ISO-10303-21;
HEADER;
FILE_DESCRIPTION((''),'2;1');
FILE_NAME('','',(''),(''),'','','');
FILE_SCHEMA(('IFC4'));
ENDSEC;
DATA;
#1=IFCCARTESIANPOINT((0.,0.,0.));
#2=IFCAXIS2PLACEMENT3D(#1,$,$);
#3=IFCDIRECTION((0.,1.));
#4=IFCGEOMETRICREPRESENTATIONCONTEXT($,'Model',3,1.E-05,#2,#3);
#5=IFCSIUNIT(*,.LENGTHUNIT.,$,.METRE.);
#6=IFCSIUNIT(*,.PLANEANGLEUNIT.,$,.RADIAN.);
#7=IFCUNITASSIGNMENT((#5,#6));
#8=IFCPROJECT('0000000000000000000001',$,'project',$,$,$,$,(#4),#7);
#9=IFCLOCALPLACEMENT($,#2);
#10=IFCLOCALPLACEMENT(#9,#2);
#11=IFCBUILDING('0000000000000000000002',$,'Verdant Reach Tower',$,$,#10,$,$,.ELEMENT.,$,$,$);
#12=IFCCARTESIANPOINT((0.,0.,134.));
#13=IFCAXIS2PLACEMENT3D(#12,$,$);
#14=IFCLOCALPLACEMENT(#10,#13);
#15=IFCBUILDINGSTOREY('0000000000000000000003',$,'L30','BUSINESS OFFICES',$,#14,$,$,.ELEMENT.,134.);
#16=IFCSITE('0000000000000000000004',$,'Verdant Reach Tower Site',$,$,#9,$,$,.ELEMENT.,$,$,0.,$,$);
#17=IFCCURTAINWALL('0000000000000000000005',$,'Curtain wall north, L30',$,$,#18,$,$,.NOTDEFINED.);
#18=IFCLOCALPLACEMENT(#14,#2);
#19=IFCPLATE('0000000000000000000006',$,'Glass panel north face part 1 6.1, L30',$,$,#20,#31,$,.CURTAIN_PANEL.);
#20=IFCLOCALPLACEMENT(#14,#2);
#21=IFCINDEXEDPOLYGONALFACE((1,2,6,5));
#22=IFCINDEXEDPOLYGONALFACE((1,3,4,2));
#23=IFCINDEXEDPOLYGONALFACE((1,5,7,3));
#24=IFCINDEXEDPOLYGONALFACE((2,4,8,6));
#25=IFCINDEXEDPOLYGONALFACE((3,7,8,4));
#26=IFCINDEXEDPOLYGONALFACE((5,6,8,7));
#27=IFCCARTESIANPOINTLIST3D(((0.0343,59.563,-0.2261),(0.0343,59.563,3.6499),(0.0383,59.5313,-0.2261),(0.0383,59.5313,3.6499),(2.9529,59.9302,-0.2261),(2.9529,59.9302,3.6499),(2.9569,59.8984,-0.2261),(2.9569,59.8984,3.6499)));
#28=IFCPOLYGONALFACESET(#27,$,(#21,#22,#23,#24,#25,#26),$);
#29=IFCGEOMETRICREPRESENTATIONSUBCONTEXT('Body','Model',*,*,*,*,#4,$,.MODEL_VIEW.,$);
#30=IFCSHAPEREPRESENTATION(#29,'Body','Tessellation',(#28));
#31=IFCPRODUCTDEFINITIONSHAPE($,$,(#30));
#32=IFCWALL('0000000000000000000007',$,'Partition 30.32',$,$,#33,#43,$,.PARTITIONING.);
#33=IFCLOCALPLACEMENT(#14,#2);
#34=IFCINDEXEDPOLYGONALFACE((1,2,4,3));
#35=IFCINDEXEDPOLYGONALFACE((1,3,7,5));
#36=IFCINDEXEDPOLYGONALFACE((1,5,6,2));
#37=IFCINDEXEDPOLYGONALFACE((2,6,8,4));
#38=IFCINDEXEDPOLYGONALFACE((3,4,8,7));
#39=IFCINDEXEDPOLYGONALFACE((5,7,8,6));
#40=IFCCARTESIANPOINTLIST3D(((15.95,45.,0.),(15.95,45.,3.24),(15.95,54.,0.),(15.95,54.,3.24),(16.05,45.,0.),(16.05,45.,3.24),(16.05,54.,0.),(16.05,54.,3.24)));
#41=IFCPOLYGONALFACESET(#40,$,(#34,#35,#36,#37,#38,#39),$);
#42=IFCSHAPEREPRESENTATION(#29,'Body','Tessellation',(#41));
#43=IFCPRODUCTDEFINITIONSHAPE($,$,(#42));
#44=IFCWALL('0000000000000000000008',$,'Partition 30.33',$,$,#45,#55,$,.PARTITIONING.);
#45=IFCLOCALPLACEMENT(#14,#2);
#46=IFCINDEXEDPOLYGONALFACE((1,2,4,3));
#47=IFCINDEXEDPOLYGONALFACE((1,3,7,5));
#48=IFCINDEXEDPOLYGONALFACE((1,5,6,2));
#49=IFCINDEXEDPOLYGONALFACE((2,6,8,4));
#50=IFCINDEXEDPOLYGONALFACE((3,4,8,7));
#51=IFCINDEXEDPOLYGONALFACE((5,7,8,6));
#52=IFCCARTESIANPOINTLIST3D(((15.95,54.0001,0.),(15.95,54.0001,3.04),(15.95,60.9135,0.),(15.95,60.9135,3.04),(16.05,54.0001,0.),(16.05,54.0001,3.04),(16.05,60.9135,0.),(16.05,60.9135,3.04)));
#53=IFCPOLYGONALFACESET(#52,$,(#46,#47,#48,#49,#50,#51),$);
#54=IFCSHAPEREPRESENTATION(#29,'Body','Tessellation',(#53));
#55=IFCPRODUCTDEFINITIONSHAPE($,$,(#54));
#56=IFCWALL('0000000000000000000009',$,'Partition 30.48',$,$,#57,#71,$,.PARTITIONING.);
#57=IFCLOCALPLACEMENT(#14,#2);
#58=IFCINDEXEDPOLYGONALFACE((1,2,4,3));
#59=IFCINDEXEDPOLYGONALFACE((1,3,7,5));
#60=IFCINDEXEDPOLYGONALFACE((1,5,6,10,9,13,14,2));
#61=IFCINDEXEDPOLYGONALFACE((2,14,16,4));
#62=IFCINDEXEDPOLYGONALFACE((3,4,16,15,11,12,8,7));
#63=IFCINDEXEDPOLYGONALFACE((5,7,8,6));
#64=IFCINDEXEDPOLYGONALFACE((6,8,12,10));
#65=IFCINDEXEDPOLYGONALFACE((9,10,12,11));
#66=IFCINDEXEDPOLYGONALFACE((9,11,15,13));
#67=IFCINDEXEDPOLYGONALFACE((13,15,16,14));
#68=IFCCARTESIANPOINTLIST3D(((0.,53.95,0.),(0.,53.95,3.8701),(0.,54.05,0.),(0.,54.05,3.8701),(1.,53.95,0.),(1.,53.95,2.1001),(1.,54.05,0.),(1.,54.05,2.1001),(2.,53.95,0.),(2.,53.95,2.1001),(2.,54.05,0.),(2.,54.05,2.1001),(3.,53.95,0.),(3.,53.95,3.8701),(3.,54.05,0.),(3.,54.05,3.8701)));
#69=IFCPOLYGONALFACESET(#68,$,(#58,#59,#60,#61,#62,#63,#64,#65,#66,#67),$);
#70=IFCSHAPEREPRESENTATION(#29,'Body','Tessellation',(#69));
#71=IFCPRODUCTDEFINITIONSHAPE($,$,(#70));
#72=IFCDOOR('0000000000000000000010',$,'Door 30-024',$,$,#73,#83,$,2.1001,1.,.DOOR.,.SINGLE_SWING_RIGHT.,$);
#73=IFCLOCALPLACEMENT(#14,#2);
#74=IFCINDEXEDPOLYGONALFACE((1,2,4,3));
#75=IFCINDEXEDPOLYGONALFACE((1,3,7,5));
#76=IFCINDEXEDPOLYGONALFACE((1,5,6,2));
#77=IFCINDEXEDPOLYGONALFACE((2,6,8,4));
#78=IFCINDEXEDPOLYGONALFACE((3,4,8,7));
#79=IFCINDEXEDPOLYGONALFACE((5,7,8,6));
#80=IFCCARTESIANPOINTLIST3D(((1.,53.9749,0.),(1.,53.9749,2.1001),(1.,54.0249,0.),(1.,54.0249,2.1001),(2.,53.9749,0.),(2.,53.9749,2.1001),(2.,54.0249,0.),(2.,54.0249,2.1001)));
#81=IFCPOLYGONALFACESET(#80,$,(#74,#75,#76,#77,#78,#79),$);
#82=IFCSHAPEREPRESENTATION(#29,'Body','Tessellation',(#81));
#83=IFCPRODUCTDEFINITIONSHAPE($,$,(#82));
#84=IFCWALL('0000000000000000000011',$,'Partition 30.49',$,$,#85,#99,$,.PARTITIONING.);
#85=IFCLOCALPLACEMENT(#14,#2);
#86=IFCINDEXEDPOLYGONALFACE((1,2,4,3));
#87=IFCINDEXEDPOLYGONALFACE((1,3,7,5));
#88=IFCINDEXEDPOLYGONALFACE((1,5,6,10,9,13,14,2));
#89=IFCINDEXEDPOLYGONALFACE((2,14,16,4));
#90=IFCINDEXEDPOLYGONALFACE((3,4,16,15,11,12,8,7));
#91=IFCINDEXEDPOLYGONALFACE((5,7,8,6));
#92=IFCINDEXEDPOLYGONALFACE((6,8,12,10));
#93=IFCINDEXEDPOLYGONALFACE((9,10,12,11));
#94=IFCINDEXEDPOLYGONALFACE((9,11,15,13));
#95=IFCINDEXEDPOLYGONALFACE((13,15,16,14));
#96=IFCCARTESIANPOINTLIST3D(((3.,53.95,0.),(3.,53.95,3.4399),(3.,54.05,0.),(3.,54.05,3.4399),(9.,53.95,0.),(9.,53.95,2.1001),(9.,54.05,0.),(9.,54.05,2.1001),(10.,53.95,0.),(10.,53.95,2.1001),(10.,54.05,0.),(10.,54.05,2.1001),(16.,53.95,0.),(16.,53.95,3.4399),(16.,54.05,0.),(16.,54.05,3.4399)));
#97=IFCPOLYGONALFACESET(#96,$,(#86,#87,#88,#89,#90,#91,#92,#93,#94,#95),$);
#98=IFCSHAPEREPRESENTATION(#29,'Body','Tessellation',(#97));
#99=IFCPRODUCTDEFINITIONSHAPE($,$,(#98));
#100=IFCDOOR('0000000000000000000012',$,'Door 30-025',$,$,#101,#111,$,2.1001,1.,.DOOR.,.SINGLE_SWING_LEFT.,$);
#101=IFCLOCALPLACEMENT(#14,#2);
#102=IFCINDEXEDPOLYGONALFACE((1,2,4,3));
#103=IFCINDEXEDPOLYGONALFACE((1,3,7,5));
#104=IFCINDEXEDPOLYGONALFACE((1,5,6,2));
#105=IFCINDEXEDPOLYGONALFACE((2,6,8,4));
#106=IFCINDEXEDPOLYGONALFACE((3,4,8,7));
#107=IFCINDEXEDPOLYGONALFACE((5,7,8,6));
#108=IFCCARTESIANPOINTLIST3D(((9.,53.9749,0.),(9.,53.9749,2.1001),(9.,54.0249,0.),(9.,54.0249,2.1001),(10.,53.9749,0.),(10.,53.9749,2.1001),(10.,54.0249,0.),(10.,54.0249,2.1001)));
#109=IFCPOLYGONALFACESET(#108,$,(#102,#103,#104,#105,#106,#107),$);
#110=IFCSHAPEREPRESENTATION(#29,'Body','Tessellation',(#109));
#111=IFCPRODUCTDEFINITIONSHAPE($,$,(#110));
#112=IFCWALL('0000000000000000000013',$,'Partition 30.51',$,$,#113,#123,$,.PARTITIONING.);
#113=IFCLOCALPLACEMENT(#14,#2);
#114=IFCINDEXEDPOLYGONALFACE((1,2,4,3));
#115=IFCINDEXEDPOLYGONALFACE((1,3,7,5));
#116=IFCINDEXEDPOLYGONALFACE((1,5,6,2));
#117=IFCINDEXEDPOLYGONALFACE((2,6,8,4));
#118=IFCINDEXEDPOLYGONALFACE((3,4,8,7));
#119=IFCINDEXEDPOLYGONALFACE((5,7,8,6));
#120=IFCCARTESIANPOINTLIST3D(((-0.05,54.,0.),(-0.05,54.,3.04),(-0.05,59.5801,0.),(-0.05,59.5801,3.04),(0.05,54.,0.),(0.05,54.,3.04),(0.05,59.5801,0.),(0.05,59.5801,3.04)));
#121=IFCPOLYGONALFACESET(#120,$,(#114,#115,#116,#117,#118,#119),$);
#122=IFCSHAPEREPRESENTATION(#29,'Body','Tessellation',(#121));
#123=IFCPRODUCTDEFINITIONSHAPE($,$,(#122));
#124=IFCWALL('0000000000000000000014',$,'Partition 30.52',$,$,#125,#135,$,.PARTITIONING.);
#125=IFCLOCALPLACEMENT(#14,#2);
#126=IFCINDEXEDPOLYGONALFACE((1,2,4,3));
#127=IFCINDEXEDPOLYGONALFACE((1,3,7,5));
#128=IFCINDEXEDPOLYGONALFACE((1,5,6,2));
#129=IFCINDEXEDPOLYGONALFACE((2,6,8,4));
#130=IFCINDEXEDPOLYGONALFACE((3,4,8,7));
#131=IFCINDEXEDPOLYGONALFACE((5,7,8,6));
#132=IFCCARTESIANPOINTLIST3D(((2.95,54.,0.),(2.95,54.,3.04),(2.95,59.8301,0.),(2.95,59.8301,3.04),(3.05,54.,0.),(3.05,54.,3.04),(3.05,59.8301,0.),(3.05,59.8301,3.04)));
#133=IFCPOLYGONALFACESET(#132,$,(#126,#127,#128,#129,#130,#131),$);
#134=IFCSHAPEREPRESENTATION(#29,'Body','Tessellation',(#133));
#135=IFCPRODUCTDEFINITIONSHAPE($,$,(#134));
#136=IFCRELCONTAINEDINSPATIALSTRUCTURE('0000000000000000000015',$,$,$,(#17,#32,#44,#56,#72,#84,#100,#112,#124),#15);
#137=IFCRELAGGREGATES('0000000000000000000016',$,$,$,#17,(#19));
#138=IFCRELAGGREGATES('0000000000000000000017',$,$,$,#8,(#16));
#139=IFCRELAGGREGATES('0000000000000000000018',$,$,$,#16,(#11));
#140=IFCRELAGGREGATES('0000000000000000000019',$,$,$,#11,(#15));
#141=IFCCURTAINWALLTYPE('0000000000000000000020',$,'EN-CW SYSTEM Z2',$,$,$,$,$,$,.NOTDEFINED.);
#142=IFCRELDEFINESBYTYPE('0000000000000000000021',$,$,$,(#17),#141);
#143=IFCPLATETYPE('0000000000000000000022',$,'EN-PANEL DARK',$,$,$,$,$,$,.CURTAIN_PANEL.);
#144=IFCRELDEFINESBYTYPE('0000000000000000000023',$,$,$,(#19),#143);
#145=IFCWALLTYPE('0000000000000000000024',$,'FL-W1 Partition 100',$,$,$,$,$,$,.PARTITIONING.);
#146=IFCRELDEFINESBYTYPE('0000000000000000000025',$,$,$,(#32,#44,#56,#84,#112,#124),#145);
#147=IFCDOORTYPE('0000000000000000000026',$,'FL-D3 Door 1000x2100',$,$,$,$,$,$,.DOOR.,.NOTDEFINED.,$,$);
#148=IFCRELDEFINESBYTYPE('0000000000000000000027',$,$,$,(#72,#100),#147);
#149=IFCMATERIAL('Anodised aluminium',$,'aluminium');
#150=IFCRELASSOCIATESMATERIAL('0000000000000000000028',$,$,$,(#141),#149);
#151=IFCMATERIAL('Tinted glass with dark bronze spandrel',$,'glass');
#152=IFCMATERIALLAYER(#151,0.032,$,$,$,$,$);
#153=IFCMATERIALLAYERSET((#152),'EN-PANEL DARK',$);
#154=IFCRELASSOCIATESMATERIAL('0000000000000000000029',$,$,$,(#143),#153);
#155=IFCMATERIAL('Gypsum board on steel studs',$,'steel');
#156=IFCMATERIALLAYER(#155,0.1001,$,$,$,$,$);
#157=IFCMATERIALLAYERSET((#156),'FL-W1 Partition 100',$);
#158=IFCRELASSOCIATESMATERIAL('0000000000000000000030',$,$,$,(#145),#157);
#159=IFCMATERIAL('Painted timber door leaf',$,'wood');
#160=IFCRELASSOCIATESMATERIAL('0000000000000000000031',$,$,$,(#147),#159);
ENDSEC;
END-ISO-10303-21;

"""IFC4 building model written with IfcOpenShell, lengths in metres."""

from ifc_helpers import new_model, si_unit, direction, frame, frame_2d, origin, origin_2d, place, context, subcontext, project, spatial, rectangle, extrude, material, layer, layer_set, type_object, element, fill, aggregate, save


model = new_model("IFC4")

# Units and contexts
model_context = context("Model", 3, precision=1e-05, world=origin(), true_north=direction((0.0, 1.0)))
body_context = subcontext(model_context, "Body", "Model", "MODEL_VIEW")
ifc_project = project(units=[si_unit("LENGTHUNIT", "METRE"), si_unit("PLANEANGLEUNIT", "RADIAN")], contexts=[model_context])

# Site, building, storey
site_placement = place(None, origin())
site = spatial("IfcSite", under=ifc_project, at=site_placement, Name="Verdant Reach Tower Site", CompositionType="ELEMENT", RefElevation=0.0)
building_placement = place(site_placement, origin())
building = spatial("IfcBuilding", under=site, at=building_placement, Name="Verdant Reach Tower", CompositionType="ELEMENT")
storey_placement = place(building_placement, frame((0.0, 0.0, 134.0)))
storey = spatial("IfcBuildingStorey", under=building, at=storey_placement, Name="L30", Description="BUSINESS OFFICES", CompositionType="ELEMENT", Elevation=134.0)

# Curtain wall
ifc_material_1 = material(Name="Anodised aluminium", Category="aluminium")
curtain_wall_type = type_object("IfcCurtainWallType", Name="EN-CW SYSTEM Z2", PredefinedType="NOTDEFINED", material=ifc_material_1)
curtain_wall_1_placement = place(storey_placement, origin())
curtain_wall_1 = element("IfcCurtainWall", 1, at=curtain_wall_1_placement, inside=storey, type_object=curtain_wall_type, Name="Curtain wall north, L30", PredefinedType="NOTDEFINED")

# Plate
ifc_material_2 = material(Name="Tinted glass with dark bronze spandrel", Category="glass")
ifc_layer_1 = layer(ifc_material_2, 0.032)
ifc_layer_set_1 = layer_set([ifc_layer_1], Name="EN-PANEL DARK")
plate_type_1 = type_object("IfcPlateType", Name="EN-PANEL DARK", PredefinedType="CURTAIN_PANEL", material=ifc_layer_set_1)
plate_1_placement = place(storey_placement, frame((1.4956, 59.7307, -0.2261), z_axis=(0.0, 0.0, 1.0), x_axis=(-0.992179, -0.124825, 0.0)))
plate_1 = element("IfcPlate", 2, at=plate_1_placement, type_object=plate_type_1, Name="Glass panel north face part 1 6.1, L30", PredefinedType="CURTAIN_PANEL", context=body_context, shape_type="SweptSolid", body=[
    extrude(rectangle(XDim=2.9417, YDim=0.032, at=origin_2d()), origin(), (0.0, 0.0, 1.0), 3.876),
])
aggregate(curtain_wall_1, [plate_1])

# Walls
ifc_material_3 = material(Name="Gypsum board on steel studs", Category="steel")
ifc_layer_2 = layer(ifc_material_3, 0.1001)
ifc_layer_set_2 = layer_set([ifc_layer_2], Name="FL-W1 Partition 100")
wall_type = type_object("IfcWallType", Name="FL-W1 Partition 100", PredefinedType="PARTITIONING", material=ifc_layer_set_2)
wall_1_placement = place(storey_placement, frame((16.0, 54.0, 0.0), z_axis=(0.0, 0.0, 1.0), x_axis=(0.0, -1.0, 0.0)))
element("IfcWall", 3, at=wall_1_placement, inside=storey, type_object=wall_type, Name="Partition 30.32", PredefinedType="PARTITIONING", context=body_context, shape_type="SweptSolid", body=[
    extrude(rectangle(XDim=9.0, YDim=0.1001, at=frame_2d((4.5, 0.0))), origin(), (0.0, 0.0, 1.0), 3.24),
])
wall_2_placement = place(storey_placement, frame((16.0, 60.9133, 0.0), z_axis=(0.0, 0.0, 1.0), x_axis=(0.0, -1.0, 0.0)))
element("IfcWall", 4, at=wall_2_placement, inside=storey, type_object=wall_type, Name="Partition 30.33", PredefinedType="PARTITIONING", context=body_context, shape_type="SweptSolid", body=[
    extrude(rectangle(XDim=6.9133, YDim=0.1001, at=frame_2d((3.4565, 0.0))), origin(), (0.0, 0.0, 1.0), 3.04),
])

# Walls, openings, doors
wall_3_placement = place(storey_placement, frame((0.0, 54.0, 0.0), z_axis=(0.0, 0.0, 1.0), x_axis=(1.0, 0.0, 0.0)))
wall_3 = element("IfcWall", 5, at=wall_3_placement, inside=storey, type_object=wall_type, Name="Partition 30.48", PredefinedType="PARTITIONING", context=body_context, shape_type="SweptSolid", body=[
    extrude(rectangle(XDim=3.0, YDim=0.1001, at=frame_2d((1.5, 0.0))), origin(), (0.0, 0.0, 1.0), 3.8701),
])
opening_1_placement = place(wall_3_placement, frame((1.0, 0.0, 0.0)))
opening_1 = element("IfcOpeningElement", 6, at=opening_1_placement, cuts=wall_3, PredefinedType="OPENING", context=body_context, shape_type="SweptSolid", body=[
    extrude(rectangle(XDim=1.0, YDim=2.1001, at=frame_2d((0.5, 1.05))), frame((0.0, 0.0601, 0.0), z_axis=(0.0, -1.0, 0.0), x_axis=(1.0, 0.0, 0.0)), (0.0, 0.0, 1.0), 0.1201),
])
ifc_material_4 = material(Name="Painted timber door leaf", Category="wood")
door_type = type_object("IfcDoorType", Name="FL-D3 Door 1000x2100", OperationType="NOTDEFINED", PredefinedType="DOOR", material=ifc_material_4)
door_1_placement = place(opening_1_placement, origin())
door_1 = element("IfcDoor", 7, at=door_1_placement, inside=storey, type_object=door_type, Name="Door 30-024", OperationType="SINGLE_SWING_RIGHT", OverallHeight=2.1001, OverallWidth=1.0, PredefinedType="DOOR", context=body_context, shape_type="SweptSolid", body=[
    extrude(rectangle(XDim=1.0, YDim=2.1001, at=frame_2d((0.5, 1.05))), frame((0.0, 0.0249, 0.0), z_axis=(0.0, -1.0, 0.0), x_axis=(1.0, 0.0, 0.0)), (0.0, 0.0, 1.0), 0.05),
])
fill(opening_1, door_1)
wall_4_placement = place(storey_placement, frame((3.0, 54.0, 0.0), z_axis=(0.0, 0.0, 1.0), x_axis=(1.0, 0.0, 0.0)))
wall_4 = element("IfcWall", 8, at=wall_4_placement, inside=storey, type_object=wall_type, Name="Partition 30.49", PredefinedType="PARTITIONING", context=body_context, shape_type="SweptSolid", body=[
    extrude(rectangle(XDim=13.0, YDim=0.1001, at=frame_2d((6.5, 0.0))), origin(), (0.0, 0.0, 1.0), 3.4399),
])
opening_2_placement = place(wall_4_placement, frame((6.0, 0.0, 0.0)))
opening_2 = element("IfcOpeningElement", 9, at=opening_2_placement, cuts=wall_4, PredefinedType="OPENING", context=body_context, shape_type="SweptSolid", body=[
    extrude(rectangle(XDim=1.0, YDim=2.1001, at=frame_2d((0.5, 1.05))), frame((0.0, 0.0601, 0.0), z_axis=(0.0, -1.0, 0.0), x_axis=(1.0, 0.0, 0.0)), (0.0, 0.0, 1.0), 0.1201),
])
door_2_placement = place(opening_2_placement, origin())
door_2 = element("IfcDoor", 10, at=door_2_placement, inside=storey, type_object=door_type, Name="Door 30-025", OperationType="SINGLE_SWING_LEFT", OverallHeight=2.1001, OverallWidth=1.0, PredefinedType="DOOR", context=body_context, shape_type="SweptSolid", body=[
    extrude(rectangle(XDim=1.0, YDim=2.1001, at=frame_2d((0.5, 1.05))), frame((0.0, 0.0249, 0.0), z_axis=(0.0, -1.0, 0.0), x_axis=(1.0, 0.0, 0.0)), (0.0, 0.0, 1.0), 0.05),
])
fill(opening_2, door_2)

# Walls
wall_5_placement = place(storey_placement, frame((0.0, 54.0, 0.0), z_axis=(0.0, 0.0, 1.0), x_axis=(0.0, 1.0, 0.0)))
element("IfcWall", 11, at=wall_5_placement, inside=storey, type_object=wall_type, Name="Partition 30.51", PredefinedType="PARTITIONING", context=body_context, shape_type="SweptSolid", body=[
    extrude(rectangle(XDim=5.5801, YDim=0.1001, at=frame_2d((2.79, 0.0))), origin(), (0.0, 0.0, 1.0), 3.04),
])
wall_6_placement = place(storey_placement, frame((3.0, 54.0, 0.0), z_axis=(0.0, 0.0, 1.0), x_axis=(0.0, 1.0, 0.0)))
element("IfcWall", 12, at=wall_6_placement, inside=storey, type_object=wall_type, Name="Partition 30.52", PredefinedType="PARTITIONING", context=body_context, shape_type="SweptSolid", body=[
    extrude(rectangle(XDim=5.8301, YDim=0.1001, at=frame_2d((2.915, 0.0))), origin(), (0.0, 0.0, 1.0), 3.04),
])

save(model, "model.ifc")
